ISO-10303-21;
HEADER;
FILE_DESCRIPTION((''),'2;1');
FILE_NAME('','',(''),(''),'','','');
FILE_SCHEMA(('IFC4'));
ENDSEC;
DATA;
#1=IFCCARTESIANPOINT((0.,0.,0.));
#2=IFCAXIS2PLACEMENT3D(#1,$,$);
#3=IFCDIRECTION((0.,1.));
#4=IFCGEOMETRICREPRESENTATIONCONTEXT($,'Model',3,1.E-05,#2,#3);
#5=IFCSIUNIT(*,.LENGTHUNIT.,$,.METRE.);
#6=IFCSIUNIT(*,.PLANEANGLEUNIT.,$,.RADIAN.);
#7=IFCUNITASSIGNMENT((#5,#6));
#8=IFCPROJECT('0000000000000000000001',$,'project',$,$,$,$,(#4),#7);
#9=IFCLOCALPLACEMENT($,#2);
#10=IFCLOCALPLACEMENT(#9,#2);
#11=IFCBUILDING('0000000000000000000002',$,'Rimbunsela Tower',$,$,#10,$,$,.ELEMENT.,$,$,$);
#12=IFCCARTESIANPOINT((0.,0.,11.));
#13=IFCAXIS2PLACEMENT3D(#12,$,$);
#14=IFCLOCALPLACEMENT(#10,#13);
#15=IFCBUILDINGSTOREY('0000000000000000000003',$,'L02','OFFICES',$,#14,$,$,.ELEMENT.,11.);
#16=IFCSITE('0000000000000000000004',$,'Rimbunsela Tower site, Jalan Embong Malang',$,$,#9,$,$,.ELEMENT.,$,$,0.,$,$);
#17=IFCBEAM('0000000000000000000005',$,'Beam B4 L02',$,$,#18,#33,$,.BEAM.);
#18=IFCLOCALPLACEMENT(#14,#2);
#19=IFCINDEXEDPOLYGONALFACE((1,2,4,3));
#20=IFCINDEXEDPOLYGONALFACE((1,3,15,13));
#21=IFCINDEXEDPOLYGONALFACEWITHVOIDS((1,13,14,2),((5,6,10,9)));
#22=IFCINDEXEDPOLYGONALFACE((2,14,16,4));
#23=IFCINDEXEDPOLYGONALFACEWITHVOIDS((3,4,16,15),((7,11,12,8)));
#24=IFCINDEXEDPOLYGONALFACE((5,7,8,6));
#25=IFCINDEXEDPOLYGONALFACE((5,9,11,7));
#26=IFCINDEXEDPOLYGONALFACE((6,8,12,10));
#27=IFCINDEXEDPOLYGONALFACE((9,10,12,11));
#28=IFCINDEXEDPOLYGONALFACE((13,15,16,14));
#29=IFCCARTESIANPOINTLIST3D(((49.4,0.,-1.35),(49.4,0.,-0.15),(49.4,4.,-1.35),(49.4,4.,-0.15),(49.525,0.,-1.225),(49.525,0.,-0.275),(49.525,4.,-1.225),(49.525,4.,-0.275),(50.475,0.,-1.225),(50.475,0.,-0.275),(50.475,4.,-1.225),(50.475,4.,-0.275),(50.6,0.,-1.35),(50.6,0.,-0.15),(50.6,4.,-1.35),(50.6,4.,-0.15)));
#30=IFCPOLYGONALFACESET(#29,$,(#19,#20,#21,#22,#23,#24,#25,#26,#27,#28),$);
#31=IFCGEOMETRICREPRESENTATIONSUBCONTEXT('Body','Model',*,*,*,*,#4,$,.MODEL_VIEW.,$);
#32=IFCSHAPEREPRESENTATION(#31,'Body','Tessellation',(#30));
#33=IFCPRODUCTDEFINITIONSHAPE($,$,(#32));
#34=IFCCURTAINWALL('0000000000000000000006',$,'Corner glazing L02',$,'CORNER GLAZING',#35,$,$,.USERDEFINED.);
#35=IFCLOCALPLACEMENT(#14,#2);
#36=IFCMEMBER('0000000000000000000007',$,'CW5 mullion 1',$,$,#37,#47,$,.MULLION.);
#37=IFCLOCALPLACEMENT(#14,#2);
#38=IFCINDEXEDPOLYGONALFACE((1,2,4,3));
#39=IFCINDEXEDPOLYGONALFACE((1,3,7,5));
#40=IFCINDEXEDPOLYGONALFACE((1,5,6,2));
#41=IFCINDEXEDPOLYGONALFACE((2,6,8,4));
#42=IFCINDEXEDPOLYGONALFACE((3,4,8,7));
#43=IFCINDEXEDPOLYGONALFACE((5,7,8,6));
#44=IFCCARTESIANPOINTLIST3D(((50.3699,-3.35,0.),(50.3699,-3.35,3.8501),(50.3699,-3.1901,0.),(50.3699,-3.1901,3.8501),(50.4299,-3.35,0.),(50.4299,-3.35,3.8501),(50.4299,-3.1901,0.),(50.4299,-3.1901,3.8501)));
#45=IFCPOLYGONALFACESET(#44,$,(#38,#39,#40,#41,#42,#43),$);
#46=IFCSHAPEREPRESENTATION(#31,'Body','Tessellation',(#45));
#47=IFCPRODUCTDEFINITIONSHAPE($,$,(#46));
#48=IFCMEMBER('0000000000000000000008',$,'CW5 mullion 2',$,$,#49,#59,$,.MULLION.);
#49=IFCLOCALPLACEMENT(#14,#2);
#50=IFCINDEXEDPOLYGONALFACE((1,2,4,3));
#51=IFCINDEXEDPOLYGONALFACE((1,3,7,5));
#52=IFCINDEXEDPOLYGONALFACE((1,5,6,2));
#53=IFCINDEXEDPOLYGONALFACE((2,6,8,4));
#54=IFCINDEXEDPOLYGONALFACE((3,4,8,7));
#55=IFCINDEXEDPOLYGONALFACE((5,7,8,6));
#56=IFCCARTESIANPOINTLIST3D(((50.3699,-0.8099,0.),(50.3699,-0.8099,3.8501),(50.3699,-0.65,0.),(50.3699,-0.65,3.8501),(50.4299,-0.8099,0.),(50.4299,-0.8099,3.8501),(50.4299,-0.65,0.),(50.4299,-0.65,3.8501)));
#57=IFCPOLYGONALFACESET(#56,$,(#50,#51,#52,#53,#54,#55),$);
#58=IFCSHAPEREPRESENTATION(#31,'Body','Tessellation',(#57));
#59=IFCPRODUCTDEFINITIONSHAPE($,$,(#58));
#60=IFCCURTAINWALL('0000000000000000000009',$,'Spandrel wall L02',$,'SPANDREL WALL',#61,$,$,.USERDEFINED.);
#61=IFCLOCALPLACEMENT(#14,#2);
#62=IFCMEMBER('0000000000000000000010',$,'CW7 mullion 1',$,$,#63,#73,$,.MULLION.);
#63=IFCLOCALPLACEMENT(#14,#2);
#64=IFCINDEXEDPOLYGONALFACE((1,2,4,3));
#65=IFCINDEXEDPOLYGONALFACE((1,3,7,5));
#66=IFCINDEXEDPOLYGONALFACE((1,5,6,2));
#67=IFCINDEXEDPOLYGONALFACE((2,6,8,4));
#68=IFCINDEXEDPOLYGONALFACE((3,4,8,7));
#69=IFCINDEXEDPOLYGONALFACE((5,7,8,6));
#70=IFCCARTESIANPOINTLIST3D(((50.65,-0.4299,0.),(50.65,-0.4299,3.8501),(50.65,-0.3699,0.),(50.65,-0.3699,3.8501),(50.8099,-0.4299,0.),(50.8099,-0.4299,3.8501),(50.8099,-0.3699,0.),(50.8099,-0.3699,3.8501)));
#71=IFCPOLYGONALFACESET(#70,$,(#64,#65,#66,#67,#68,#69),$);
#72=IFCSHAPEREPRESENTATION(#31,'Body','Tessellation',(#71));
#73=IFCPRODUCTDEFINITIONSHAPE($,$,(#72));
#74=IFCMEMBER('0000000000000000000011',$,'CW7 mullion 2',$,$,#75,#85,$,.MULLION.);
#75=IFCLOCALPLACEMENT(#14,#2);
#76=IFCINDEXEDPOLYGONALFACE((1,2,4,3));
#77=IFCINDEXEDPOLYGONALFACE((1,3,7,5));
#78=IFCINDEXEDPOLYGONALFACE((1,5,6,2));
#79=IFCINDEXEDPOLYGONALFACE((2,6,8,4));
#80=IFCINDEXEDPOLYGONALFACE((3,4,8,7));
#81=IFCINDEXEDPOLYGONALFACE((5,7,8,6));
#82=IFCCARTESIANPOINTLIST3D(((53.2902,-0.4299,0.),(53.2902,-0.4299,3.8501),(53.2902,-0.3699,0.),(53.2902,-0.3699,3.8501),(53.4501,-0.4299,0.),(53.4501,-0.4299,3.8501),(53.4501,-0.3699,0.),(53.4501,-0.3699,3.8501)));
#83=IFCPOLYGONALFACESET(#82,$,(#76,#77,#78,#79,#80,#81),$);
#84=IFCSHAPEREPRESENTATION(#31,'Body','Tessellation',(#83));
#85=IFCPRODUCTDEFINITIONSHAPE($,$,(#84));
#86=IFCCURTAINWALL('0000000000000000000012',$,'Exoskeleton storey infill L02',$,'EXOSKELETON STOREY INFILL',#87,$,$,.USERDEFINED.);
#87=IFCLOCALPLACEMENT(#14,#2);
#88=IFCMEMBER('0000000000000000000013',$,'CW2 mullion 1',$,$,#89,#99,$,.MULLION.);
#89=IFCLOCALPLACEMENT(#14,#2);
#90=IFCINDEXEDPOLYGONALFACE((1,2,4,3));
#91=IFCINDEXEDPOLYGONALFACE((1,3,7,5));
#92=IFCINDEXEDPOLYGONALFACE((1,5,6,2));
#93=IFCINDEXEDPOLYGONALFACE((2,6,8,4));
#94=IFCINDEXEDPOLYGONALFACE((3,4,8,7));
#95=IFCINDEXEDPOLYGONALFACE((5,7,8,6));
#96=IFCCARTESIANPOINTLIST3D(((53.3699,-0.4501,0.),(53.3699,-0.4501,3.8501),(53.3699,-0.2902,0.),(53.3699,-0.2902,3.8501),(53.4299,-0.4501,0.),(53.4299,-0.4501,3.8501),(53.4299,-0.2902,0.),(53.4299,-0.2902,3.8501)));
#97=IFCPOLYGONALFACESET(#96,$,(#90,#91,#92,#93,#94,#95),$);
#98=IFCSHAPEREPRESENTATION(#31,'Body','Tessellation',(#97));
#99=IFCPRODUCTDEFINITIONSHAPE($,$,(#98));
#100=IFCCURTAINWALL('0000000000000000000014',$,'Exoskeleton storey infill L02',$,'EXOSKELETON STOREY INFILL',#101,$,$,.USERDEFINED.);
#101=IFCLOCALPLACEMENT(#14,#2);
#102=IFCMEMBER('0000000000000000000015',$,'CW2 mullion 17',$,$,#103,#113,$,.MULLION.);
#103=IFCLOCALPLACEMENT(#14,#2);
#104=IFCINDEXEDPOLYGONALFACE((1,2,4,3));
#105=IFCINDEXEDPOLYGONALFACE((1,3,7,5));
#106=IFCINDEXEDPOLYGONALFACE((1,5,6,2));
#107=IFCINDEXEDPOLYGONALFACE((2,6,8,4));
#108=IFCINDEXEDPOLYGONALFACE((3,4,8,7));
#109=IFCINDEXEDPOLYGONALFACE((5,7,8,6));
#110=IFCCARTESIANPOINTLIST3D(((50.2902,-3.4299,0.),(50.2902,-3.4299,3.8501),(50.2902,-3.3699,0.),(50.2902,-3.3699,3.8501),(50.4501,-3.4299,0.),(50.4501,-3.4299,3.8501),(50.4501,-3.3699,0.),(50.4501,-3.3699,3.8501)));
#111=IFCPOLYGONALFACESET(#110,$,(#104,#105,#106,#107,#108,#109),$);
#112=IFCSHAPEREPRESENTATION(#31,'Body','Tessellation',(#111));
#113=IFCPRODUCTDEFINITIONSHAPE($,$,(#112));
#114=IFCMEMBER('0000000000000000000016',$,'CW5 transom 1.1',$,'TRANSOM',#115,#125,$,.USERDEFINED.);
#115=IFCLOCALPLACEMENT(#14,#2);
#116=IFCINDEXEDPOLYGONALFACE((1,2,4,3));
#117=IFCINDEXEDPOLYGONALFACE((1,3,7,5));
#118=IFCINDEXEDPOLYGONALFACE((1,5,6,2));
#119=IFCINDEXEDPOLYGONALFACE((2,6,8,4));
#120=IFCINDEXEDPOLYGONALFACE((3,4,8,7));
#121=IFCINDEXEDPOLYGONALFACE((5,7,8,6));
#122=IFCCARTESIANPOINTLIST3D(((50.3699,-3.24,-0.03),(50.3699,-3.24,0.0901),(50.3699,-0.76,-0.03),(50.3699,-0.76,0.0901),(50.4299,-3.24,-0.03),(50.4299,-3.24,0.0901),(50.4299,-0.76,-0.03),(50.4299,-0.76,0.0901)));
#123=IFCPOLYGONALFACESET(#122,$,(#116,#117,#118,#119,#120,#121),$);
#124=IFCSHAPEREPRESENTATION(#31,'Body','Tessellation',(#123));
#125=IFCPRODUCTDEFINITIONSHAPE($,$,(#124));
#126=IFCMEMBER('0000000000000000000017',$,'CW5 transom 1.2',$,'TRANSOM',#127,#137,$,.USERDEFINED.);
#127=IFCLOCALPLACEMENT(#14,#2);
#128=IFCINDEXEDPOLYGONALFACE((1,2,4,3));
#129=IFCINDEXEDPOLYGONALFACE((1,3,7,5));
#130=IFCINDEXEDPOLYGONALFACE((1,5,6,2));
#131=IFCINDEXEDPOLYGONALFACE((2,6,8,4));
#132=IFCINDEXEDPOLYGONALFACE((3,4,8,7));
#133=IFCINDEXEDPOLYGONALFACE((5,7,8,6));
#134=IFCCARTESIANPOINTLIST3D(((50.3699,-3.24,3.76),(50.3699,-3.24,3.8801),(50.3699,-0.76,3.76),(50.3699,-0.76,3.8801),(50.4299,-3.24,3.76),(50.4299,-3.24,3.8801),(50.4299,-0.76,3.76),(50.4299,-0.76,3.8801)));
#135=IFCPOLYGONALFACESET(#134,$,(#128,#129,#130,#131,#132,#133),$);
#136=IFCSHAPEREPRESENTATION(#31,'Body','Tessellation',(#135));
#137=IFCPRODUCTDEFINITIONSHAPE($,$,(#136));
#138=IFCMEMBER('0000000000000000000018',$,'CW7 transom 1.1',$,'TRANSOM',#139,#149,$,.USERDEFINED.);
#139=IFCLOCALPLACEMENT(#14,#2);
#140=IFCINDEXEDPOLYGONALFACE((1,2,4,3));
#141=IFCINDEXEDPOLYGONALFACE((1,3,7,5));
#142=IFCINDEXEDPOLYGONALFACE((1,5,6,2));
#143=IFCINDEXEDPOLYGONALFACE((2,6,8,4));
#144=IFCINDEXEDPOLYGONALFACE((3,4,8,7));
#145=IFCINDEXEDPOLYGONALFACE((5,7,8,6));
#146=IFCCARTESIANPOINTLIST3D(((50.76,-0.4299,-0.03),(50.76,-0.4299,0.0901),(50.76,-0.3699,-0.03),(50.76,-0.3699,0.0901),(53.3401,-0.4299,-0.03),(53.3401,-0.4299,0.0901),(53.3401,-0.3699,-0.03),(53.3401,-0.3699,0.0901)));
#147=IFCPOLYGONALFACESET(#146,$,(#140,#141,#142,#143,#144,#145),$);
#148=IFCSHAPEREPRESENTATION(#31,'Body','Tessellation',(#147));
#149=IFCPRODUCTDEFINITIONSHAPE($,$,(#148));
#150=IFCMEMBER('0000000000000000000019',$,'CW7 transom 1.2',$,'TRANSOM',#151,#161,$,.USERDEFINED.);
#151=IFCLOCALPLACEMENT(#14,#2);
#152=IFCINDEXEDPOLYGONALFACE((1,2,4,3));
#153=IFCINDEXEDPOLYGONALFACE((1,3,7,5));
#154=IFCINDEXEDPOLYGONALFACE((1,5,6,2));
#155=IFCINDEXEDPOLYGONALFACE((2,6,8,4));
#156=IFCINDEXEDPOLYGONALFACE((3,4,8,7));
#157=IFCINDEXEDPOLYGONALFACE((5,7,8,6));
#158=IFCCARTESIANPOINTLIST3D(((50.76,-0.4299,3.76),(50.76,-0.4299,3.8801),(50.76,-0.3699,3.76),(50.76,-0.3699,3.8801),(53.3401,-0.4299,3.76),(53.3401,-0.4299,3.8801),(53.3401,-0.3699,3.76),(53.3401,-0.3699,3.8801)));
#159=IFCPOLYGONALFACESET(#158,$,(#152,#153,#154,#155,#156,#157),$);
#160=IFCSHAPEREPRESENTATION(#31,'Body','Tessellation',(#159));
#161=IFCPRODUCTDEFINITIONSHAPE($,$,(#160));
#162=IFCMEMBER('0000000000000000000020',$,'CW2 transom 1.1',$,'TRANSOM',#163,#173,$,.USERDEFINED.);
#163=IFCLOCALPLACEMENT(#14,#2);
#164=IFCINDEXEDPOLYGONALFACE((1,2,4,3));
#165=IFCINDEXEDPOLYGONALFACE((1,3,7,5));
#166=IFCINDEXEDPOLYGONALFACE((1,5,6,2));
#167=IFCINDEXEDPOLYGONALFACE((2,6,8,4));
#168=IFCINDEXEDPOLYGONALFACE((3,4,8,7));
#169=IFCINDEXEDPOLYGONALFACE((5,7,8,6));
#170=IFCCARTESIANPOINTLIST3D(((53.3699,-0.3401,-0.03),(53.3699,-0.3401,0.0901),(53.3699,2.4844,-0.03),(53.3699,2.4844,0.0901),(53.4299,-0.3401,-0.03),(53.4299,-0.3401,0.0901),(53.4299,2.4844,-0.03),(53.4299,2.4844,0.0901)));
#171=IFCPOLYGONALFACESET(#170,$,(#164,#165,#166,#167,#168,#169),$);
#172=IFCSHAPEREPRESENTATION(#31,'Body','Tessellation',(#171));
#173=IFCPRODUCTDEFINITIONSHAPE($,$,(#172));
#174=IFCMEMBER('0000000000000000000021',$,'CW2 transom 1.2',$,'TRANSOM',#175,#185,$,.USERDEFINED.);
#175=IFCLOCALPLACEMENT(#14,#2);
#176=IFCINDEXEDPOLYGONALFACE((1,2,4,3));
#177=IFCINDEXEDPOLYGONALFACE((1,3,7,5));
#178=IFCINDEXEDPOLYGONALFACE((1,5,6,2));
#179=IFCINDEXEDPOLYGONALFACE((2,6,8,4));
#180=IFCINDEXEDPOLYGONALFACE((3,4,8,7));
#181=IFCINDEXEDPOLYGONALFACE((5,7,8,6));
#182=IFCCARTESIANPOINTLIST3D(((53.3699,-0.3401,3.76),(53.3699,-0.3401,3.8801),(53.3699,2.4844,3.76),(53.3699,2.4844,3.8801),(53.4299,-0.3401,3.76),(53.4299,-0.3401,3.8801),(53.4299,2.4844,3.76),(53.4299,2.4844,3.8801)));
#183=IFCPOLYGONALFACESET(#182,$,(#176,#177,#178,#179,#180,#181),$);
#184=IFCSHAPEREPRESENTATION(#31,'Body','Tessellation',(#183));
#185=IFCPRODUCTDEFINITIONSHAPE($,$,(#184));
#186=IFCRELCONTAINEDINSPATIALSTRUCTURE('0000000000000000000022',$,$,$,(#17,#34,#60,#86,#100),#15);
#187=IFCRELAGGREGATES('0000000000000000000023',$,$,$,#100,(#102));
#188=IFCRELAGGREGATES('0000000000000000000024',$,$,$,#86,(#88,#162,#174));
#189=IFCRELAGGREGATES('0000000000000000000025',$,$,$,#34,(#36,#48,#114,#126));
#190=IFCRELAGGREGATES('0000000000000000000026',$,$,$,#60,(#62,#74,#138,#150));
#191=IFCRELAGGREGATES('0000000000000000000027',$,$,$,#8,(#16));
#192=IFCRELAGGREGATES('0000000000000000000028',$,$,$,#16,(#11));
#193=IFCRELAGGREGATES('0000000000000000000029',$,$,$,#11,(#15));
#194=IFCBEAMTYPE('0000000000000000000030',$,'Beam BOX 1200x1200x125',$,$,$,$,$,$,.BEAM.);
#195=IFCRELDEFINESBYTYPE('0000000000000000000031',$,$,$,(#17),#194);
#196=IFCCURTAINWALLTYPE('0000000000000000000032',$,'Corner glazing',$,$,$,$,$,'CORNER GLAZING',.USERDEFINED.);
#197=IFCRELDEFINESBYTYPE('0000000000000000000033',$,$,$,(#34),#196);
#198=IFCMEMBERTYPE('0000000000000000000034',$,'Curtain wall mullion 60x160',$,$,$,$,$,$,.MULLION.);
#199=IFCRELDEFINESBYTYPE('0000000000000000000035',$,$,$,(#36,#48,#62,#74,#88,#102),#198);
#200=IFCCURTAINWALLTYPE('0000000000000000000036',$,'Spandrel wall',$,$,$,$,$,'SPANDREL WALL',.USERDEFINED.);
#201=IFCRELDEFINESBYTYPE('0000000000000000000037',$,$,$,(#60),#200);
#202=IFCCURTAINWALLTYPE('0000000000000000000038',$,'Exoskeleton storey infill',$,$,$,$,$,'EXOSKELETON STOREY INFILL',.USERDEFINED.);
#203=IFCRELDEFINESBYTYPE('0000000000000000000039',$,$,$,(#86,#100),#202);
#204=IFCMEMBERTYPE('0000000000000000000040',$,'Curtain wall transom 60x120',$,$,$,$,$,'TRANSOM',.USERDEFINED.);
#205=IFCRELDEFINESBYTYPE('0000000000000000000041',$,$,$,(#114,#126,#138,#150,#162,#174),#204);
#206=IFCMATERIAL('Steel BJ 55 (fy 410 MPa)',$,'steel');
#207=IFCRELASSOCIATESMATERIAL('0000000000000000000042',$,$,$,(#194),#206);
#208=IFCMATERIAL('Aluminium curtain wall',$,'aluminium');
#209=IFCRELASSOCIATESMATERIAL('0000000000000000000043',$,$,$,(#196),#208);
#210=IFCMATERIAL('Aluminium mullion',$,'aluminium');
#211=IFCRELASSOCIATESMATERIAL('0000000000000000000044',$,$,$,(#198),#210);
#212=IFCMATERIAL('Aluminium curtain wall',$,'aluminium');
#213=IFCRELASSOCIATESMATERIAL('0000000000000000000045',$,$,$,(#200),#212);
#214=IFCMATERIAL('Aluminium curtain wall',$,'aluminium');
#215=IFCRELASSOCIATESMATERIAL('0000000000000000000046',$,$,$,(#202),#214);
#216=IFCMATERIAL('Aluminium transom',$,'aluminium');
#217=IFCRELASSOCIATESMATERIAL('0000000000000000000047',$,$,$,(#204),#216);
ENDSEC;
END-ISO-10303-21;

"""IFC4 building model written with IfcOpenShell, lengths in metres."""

from ifc_helpers import new_model, si_unit, direction, frame, origin, origin_2d, place, context, subcontext, project, spatial, rectangle, hollow_rectangle, extrude, material, material_profile, profile_set, type_object, element, aggregate, save


model = new_model("IFC4")

# Units and contexts
model_context = context("Model", 3, precision=1e-05, world=origin(), true_north=direction((0.0, 1.0)))
body_context = subcontext(model_context, "Body", "Model", "MODEL_VIEW")
ifc_project = project(units=[si_unit("LENGTHUNIT", "METRE"), si_unit("PLANEANGLEUNIT", "RADIAN")], contexts=[model_context])

# Site, building, storey
site_placement = place(None, origin())
site = spatial("IfcSite", under=ifc_project, at=site_placement, Name="Rimbunsela Tower site, Jalan Embong Malang", CompositionType="ELEMENT", RefElevation=0.0)
building_placement = place(site_placement, origin())
building = spatial("IfcBuilding", under=site, at=building_placement, Name="Rimbunsela Tower", CompositionType="ELEMENT")
storey_placement = place(building_placement, frame((0.0, 0.0, 11.0)))
storey = spatial("IfcBuildingStorey", under=building, at=storey_placement, Name="L02", Description="OFFICES", CompositionType="ELEMENT", Elevation=11.0)

# Beam
ifc_material_1 = material(Name="Steel BJ 55 (fy 410 MPa)", Category="steel")
ifc_material_profile_1 = material_profile(ifc_material_1, hollow_rectangle(XDim=1.2, YDim=1.2, WallThickness=0.125, at=origin_2d()), Name="BOX 1200x1200x125")
ifc_profile_set_1 = profile_set([ifc_material_profile_1], Name="Steel BJ 55 (fy 410 MPa)")
beam_type_1 = type_object("IfcBeamType", Name="Beam BOX 1200x1200x125", PredefinedType="BEAM", material=ifc_profile_set_1)
beam_placement = place(storey_placement, frame((50.0, 0.0, -0.75), z_axis=(0.0, 1.0, 0.0), x_axis=(-1.0, 0.0, 0.0)))
element("IfcBeam", 1, at=beam_placement, inside=storey, type_object=beam_type_1, Name="Beam B4 L02", PredefinedType="BEAM", context=body_context, shape_type="SweptSolid", body=[
    extrude(hollow_rectangle(XDim=1.2, YDim=1.2, WallThickness=0.125, at=origin_2d()), origin(), (0.0, 0.0, 1.0), 4.0),
])

# Curtain walls, members
ifc_material_2 = material(Name="Aluminium curtain wall", Category="aluminium")
curtain_wall_type_1 = type_object("IfcCurtainWallType", Name="Corner glazing", ElementType="CORNER GLAZING", PredefinedType="USERDEFINED", material=ifc_material_2)
curtain_wall_1_placement = place(storey_placement, origin())
curtain_wall_1 = element("IfcCurtainWall", 2, at=curtain_wall_1_placement, inside=storey, type_object=curtain_wall_type_1, Name="Corner glazing L02", ObjectType="CORNER GLAZING", PredefinedType="USERDEFINED")
ifc_material_3 = material(Name="Aluminium mullion", Category="aluminium")
ifc_material_profile_2 = material_profile(ifc_material_3, rectangle(XDim=0.0601, YDim=0.1599, at=origin_2d()), Name="Mullion 60x160")
ifc_profile_set_2 = profile_set([ifc_material_profile_2], Name="Aluminium mullion")
member_type_1 = type_object("IfcMemberType", Name="Curtain wall mullion 60x160", PredefinedType="MULLION", material=ifc_profile_set_2)
member_1_placement = place(storey_placement, frame((50.3999, -3.27, 0.0), z_axis=(0.0, 0.0, 1.0), x_axis=(-1.0, 0.0, 0.0)))
member_1 = element("IfcMember", 3, at=member_1_placement, type_object=member_type_1, Name="CW5 mullion 1", PredefinedType="MULLION", context=body_context, shape_type="SweptSolid", body=[
    extrude(rectangle(XDim=0.0601, YDim=0.1599, at=origin_2d()), origin(), (0.0, 0.0, 1.0), 3.8501),
])
member_2_placement = place(storey_placement, frame((50.3999, -0.73, 0.0), z_axis=(0.0, 0.0, 1.0), x_axis=(-1.0, 0.0, 0.0)))
member_2 = element("IfcMember", 4, at=member_2_placement, type_object=member_type_1, Name="CW5 mullion 2", PredefinedType="MULLION", context=body_context, shape_type="SweptSolid", body=[
    extrude(rectangle(XDim=0.0601, YDim=0.1599, at=origin_2d()), origin(), (0.0, 0.0, 1.0), 3.8501),
])
ifc_material_4 = material(Name="Aluminium curtain wall", Category="aluminium")
curtain_wall_type_2 = type_object("IfcCurtainWallType", Name="Spandrel wall", ElementType="SPANDREL WALL", PredefinedType="USERDEFINED", material=ifc_material_4)
curtain_wall_2_placement = place(storey_placement, origin())
curtain_wall_2 = element("IfcCurtainWall", 5, at=curtain_wall_2_placement, inside=storey, type_object=curtain_wall_type_2, Name="Spandrel wall L02", ObjectType="SPANDREL WALL", PredefinedType="USERDEFINED")
member_3_placement = place(storey_placement, frame((50.73, -0.3999, 0.0), z_axis=(0.0, 0.0, 1.0), x_axis=(0.0, 1.0, 0.0)))
member_3 = element("IfcMember", 6, at=member_3_placement, type_object=member_type_1, Name="CW7 mullion 1", PredefinedType="MULLION", context=body_context, shape_type="SweptSolid", body=[
    extrude(rectangle(XDim=0.0601, YDim=0.1599, at=origin_2d()), origin(), (0.0, 0.0, 1.0), 3.8501),
])
member_4_placement = place(storey_placement, frame((53.3701, -0.3999, 0.0), z_axis=(0.0, 0.0, 1.0), x_axis=(0.0, 1.0, 0.0)))
member_4 = element("IfcMember", 7, at=member_4_placement, type_object=member_type_1, Name="CW7 mullion 2", PredefinedType="MULLION", context=body_context, shape_type="SweptSolid", body=[
    extrude(rectangle(XDim=0.0601, YDim=0.1599, at=origin_2d()), origin(), (0.0, 0.0, 1.0), 3.8501),
])

# Curtain walls, members
ifc_material_5 = material(Name="Aluminium curtain wall", Category="aluminium")
curtain_wall_type_3 = type_object("IfcCurtainWallType", Name="Exoskeleton storey infill", ElementType="EXOSKELETON STOREY INFILL", PredefinedType="USERDEFINED", material=ifc_material_5)
curtain_wall_3_placement = place(storey_placement, origin())
curtain_wall_3 = element("IfcCurtainWall", 8, at=curtain_wall_3_placement, inside=storey, type_object=curtain_wall_type_3, Name="Exoskeleton storey infill L02", ObjectType="EXOSKELETON STOREY INFILL", PredefinedType="USERDEFINED")
member_5_placement = place(storey_placement, frame((53.3999, -0.3701, 0.0), z_axis=(0.0, 0.0, 1.0), x_axis=(-1.0, 0.0, 0.0)))
member_5 = element("IfcMember", 9, at=member_5_placement, type_object=member_type_1, Name="CW2 mullion 1", PredefinedType="MULLION", context=body_context, shape_type="SweptSolid", body=[
    extrude(rectangle(XDim=0.0601, YDim=0.1599, at=origin_2d()), origin(), (0.0, 0.0, 1.0), 3.8501),
])
curtain_wall_4_placement = place(storey_placement, origin())
curtain_wall_4 = element("IfcCurtainWall", 10, at=curtain_wall_4_placement, inside=storey, type_object=curtain_wall_type_3, Name="Exoskeleton storey infill L02", ObjectType="EXOSKELETON STOREY INFILL", PredefinedType="USERDEFINED")
member_6_placement = place(storey_placement, frame((50.3701, -3.3999, 0.0), z_axis=(0.0, 0.0, 1.0), x_axis=(0.0, 1.0, 0.0)))
member_6 = element("IfcMember", 11, at=member_6_placement, type_object=member_type_1, Name="CW2 mullion 17", PredefinedType="MULLION", context=body_context, shape_type="SweptSolid", body=[
    extrude(rectangle(XDim=0.0601, YDim=0.1599, at=origin_2d()), origin(), (0.0, 0.0, 1.0), 3.8501),
])
aggregate(curtain_wall_4, [member_6])

# Members
ifc_material_6 = material(Name="Aluminium transom", Category="aluminium")
ifc_material_profile_3 = material_profile(ifc_material_6, rectangle(XDim=0.0601, YDim=0.1201, at=origin_2d()), Name="Transom 60x120")
ifc_profile_set_3 = profile_set([ifc_material_profile_3], Name="Aluminium transom")
member_type_2 = type_object("IfcMemberType", Name="Curtain wall transom 60x120", ElementType="TRANSOM", PredefinedType="USERDEFINED", material=ifc_profile_set_3)
member_7_placement = place(storey_placement, frame((50.3999, -3.24, 0.03), z_axis=(0.0, 1.0, 0.0), x_axis=(-1.0, 0.0, 0.0)))
member_7 = element("IfcMember", 12, at=member_7_placement, type_object=member_type_2, Name="CW5 transom 1.1", ObjectType="TRANSOM", PredefinedType="USERDEFINED", context=body_context, shape_type="SweptSolid", body=[
    extrude(rectangle(XDim=0.0601, YDim=0.1201, at=origin_2d()), origin(), (0.0, 0.0, 1.0), 2.48),
])
member_8_placement = place(storey_placement, frame((50.3999, -3.24, 3.8201), z_axis=(0.0, 1.0, 0.0), x_axis=(-1.0, 0.0, 0.0)))
member_8 = element("IfcMember", 13, at=member_8_placement, type_object=member_type_2, Name="CW5 transom 1.2", ObjectType="TRANSOM", PredefinedType="USERDEFINED", context=body_context, shape_type="SweptSolid", body=[
    extrude(rectangle(XDim=0.0601, YDim=0.1201, at=origin_2d()), origin(), (0.0, 0.0, 1.0), 2.48),
])
member_9_placement = place(storey_placement, frame((50.76, -0.3999, 0.03), z_axis=(1.0, 0.0, 0.0), x_axis=(0.0, 1.0, 0.0)))
member_9 = element("IfcMember", 14, at=member_9_placement, type_object=member_type_2, Name="CW7 transom 1.1", ObjectType="TRANSOM", PredefinedType="USERDEFINED", context=body_context, shape_type="SweptSolid", body=[
    extrude(rectangle(XDim=0.0601, YDim=0.1201, at=origin_2d()), origin(), (0.0, 0.0, 1.0), 2.5801),
])
member_10_placement = place(storey_placement, frame((50.76, -0.3999, 3.8201), z_axis=(1.0, 0.0, 0.0), x_axis=(0.0, 1.0, 0.0)))
member_10 = element("IfcMember", 15, at=member_10_placement, type_object=member_type_2, Name="CW7 transom 1.2", ObjectType="TRANSOM", PredefinedType="USERDEFINED", context=body_context, shape_type="SweptSolid", body=[
    extrude(rectangle(XDim=0.0601, YDim=0.1201, at=origin_2d()), origin(), (0.0, 0.0, 1.0), 2.5801),
])
member_11_placement = place(storey_placement, frame((53.3999, -0.3401, 0.03), z_axis=(0.0, 1.0, 0.0), x_axis=(-1.0, 0.0, 0.0)))
member_11 = element("IfcMember", 16, at=member_11_placement, type_object=member_type_2, Name="CW2 transom 1.1", ObjectType="TRANSOM", PredefinedType="USERDEFINED", context=body_context, shape_type="SweptSolid", body=[
    extrude(rectangle(XDim=0.0601, YDim=0.1201, at=origin_2d()), origin(), (0.0, 0.0, 1.0), 2.8245),
])
member_12_placement = place(storey_placement, frame((53.3999, -0.3401, 3.8201), z_axis=(0.0, 1.0, 0.0), x_axis=(-1.0, 0.0, 0.0)))
member_12 = element("IfcMember", 17, at=member_12_placement, type_object=member_type_2, Name="CW2 transom 1.2", ObjectType="TRANSOM", PredefinedType="USERDEFINED", context=body_context, shape_type="SweptSolid", body=[
    extrude(rectangle(XDim=0.0601, YDim=0.1201, at=origin_2d()), origin(), (0.0, 0.0, 1.0), 2.8245),
])
aggregate(curtain_wall_3, [member_5, member_11, member_12])

aggregate(curtain_wall_1, [member_1, member_2, member_7, member_8])
aggregate(curtain_wall_2, [member_3, member_4, member_9, member_10])

save(model, "model.ifc")
